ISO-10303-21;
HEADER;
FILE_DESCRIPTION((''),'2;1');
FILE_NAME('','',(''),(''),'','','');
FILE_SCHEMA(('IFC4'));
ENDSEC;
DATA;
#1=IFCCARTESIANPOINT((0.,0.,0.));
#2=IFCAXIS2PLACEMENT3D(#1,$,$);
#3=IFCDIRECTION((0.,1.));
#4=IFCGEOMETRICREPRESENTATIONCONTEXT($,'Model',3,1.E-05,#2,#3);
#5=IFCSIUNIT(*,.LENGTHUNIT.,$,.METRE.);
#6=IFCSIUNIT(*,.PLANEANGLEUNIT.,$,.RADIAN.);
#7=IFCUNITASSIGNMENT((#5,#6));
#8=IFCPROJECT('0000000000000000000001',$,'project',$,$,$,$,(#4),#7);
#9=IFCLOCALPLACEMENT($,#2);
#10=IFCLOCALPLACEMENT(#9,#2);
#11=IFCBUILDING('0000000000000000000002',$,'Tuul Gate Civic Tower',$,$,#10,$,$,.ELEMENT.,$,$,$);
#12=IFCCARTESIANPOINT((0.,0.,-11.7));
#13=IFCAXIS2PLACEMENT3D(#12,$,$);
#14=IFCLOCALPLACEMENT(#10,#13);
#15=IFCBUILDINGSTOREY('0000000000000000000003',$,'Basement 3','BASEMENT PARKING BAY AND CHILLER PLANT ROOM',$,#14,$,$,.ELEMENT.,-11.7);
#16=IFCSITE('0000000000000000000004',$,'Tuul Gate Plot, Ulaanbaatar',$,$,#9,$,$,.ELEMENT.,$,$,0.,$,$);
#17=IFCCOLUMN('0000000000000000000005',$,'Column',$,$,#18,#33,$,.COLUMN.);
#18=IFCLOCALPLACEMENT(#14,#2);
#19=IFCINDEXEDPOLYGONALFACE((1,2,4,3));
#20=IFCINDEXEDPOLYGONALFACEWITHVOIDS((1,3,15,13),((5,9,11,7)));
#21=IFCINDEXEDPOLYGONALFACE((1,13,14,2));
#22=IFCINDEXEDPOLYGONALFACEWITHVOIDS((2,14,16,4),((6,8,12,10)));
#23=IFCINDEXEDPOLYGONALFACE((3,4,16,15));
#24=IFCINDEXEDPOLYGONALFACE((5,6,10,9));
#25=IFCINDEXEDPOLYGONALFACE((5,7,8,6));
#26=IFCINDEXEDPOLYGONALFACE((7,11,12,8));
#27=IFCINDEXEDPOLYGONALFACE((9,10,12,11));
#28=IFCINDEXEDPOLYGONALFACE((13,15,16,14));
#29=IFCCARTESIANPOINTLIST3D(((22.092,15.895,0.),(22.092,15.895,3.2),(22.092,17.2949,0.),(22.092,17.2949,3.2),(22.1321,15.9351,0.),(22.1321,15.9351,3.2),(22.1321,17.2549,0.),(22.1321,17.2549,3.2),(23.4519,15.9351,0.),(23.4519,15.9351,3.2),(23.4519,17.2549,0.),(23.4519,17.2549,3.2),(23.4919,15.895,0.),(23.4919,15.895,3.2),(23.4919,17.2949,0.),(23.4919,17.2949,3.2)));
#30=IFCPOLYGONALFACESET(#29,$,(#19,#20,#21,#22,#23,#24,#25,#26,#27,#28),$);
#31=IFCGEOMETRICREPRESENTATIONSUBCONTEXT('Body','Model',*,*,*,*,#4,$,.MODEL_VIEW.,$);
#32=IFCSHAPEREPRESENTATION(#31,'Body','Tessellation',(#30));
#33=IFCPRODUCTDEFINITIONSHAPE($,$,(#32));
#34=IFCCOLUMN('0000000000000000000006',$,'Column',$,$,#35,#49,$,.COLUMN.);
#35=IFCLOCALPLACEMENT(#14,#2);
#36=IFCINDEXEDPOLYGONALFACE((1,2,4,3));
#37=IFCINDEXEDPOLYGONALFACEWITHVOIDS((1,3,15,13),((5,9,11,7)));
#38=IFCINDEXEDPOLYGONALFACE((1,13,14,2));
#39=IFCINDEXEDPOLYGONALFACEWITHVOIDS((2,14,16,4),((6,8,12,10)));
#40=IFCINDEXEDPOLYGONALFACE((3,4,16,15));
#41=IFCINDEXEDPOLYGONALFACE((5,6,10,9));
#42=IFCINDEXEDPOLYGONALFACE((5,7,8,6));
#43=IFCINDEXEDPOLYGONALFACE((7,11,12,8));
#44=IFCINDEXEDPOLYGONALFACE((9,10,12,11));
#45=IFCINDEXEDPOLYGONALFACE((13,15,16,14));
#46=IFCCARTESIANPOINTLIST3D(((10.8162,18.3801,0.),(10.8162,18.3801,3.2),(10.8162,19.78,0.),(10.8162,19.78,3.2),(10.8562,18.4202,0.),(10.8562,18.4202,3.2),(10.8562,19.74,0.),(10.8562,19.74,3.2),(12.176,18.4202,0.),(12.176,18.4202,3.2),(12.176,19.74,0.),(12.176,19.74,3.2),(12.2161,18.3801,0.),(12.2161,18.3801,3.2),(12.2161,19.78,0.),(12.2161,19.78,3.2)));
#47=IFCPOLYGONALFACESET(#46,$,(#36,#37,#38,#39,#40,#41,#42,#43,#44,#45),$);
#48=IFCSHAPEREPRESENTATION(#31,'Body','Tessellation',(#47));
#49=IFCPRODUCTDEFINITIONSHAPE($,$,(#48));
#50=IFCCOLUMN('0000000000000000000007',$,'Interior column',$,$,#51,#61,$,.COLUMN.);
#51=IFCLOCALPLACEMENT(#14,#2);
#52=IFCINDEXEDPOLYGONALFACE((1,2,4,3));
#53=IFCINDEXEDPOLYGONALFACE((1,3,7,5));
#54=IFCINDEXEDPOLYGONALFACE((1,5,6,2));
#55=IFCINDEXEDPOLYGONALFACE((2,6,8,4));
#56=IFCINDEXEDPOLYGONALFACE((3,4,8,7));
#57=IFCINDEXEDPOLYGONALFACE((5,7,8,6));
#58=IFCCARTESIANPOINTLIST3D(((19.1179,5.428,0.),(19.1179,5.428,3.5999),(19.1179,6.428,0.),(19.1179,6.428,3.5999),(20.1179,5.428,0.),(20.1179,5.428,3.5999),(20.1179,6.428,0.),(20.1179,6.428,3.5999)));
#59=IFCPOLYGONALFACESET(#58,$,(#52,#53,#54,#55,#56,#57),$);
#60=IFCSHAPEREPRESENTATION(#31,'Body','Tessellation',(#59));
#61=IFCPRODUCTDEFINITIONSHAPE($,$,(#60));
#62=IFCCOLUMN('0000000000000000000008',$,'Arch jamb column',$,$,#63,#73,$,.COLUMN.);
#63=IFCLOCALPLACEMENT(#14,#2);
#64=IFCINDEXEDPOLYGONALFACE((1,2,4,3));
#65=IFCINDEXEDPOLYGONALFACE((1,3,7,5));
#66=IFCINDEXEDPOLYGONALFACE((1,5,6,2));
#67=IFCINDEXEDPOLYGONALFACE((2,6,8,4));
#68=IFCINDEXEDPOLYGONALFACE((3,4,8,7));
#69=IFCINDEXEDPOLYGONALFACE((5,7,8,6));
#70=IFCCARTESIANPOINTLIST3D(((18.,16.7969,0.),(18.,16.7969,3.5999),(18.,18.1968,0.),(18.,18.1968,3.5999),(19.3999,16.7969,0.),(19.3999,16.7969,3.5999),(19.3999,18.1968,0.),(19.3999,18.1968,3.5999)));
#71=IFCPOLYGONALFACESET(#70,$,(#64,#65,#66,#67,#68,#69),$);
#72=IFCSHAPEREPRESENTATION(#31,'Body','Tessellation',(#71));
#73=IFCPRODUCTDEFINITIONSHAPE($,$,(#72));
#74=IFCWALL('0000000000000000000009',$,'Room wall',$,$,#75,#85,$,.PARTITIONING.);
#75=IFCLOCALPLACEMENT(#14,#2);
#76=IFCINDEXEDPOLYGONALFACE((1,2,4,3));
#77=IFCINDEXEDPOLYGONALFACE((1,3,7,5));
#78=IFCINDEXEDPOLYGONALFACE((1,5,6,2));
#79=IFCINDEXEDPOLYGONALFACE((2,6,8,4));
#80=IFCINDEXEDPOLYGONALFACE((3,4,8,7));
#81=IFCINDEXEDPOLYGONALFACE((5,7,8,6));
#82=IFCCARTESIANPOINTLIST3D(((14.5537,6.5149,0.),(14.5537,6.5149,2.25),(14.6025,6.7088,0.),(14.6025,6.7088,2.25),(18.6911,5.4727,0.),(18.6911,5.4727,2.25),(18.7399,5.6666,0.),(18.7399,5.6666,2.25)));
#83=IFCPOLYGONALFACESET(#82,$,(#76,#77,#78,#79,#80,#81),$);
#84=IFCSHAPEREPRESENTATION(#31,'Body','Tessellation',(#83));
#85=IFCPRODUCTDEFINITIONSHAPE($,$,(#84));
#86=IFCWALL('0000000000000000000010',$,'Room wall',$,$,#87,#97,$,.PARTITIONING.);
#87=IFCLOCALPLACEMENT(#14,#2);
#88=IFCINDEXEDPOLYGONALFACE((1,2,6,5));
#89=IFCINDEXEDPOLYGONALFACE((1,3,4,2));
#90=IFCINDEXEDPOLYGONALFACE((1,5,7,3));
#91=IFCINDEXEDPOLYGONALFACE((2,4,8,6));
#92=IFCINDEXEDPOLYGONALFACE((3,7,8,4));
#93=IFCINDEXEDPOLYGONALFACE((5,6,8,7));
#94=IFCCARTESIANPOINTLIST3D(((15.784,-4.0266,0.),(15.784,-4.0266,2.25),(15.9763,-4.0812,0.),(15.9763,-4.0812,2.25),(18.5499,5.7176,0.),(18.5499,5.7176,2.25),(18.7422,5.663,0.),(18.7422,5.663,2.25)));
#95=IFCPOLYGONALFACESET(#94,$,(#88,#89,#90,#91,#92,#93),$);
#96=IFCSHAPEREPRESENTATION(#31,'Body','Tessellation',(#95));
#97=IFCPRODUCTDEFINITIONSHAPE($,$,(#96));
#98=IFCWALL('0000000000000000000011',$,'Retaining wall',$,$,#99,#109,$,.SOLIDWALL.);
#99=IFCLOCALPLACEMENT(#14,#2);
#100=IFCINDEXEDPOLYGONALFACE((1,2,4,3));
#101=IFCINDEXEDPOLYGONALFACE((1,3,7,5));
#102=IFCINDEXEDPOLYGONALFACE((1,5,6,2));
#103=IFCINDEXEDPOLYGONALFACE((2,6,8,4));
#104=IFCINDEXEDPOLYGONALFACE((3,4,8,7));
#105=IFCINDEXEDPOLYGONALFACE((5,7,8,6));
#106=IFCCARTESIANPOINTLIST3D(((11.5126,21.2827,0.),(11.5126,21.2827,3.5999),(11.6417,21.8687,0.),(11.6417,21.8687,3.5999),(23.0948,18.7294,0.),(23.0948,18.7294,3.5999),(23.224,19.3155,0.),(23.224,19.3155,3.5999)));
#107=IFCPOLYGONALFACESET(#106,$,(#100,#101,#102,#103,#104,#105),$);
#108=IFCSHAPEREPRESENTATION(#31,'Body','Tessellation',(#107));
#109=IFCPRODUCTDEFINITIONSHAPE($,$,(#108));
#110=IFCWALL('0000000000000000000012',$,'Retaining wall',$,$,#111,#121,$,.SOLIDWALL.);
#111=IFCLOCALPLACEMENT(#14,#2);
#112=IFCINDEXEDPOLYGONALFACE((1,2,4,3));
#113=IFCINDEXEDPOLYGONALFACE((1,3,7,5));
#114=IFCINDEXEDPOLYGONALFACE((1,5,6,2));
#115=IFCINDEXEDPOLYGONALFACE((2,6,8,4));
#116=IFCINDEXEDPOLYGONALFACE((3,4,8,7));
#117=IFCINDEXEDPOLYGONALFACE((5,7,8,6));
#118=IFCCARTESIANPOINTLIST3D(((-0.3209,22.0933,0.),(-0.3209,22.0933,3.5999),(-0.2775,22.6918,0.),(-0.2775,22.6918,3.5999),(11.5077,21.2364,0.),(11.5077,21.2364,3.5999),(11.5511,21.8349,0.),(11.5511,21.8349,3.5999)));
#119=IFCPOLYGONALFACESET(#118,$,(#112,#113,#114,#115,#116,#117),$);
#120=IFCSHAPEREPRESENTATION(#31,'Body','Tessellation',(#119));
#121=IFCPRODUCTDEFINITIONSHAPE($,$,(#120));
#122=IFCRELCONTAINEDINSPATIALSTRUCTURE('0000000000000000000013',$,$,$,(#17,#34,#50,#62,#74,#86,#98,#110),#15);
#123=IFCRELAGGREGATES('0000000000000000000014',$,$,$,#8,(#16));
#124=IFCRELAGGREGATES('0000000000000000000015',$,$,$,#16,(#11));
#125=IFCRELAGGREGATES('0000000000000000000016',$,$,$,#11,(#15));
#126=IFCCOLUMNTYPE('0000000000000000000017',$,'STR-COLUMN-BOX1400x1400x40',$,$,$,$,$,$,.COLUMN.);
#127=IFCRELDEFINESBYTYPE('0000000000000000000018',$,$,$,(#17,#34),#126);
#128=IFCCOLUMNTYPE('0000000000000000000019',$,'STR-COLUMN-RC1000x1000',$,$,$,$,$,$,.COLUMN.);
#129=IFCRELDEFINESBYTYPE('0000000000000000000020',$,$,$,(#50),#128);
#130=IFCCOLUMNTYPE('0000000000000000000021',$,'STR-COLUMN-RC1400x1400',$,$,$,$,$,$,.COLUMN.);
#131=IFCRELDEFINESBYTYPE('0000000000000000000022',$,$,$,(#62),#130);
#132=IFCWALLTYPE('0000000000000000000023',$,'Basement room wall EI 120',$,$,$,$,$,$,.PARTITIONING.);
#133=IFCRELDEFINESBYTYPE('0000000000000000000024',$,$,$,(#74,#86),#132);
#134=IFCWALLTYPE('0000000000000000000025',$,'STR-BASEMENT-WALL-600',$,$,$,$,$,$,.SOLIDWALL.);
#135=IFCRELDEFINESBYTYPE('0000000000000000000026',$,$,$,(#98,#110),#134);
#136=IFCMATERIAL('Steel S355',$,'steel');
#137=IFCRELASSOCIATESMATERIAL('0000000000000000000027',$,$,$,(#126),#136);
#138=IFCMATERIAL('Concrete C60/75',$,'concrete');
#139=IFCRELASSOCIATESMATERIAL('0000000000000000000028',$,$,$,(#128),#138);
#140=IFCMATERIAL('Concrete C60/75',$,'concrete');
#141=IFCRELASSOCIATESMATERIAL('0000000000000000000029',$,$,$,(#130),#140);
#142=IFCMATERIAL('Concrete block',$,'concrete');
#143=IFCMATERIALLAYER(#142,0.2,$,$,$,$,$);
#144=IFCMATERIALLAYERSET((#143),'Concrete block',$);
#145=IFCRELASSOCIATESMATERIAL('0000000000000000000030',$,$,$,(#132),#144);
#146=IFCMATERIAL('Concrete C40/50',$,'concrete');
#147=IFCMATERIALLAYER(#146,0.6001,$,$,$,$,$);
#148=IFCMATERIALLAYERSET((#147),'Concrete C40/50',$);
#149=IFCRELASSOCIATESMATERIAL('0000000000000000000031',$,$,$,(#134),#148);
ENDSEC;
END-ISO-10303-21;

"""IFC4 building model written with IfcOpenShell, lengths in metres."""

from ifc_helpers import new_model, si_unit, direction, frame, frame_2d, origin, origin_2d, place, context, subcontext, project, spatial, rectangle, hollow_rectangle, extrude, material, layer, layer_set, material_profile, profile_set, type_object, element, save


model = new_model("IFC4")

# Units and contexts
model_context = context("Model", 3, precision=1e-05, world=origin(), true_north=direction((0.0, 1.0)))
body_context = subcontext(model_context, "Body", "Model", "MODEL_VIEW")
ifc_project = project(units=[si_unit("LENGTHUNIT", "METRE"), si_unit("PLANEANGLEUNIT", "RADIAN")], contexts=[model_context])

# Site, building, storey
site_placement = place(None, origin())
site = spatial("IfcSite", under=ifc_project, at=site_placement, Name="Tuul Gate Plot, Ulaanbaatar", CompositionType="ELEMENT", RefElevation=0.0)
building_placement = place(site_placement, origin())
building = spatial("IfcBuilding", under=site, at=building_placement, Name="Tuul Gate Civic Tower", CompositionType="ELEMENT")
storey_placement = place(building_placement, frame((0.0, 0.0, -11.7)))
storey = spatial("IfcBuildingStorey", under=building, at=storey_placement, Name="Basement 3", Description="BASEMENT PARKING BAY AND CHILLER PLANT ROOM", CompositionType="ELEMENT", Elevation=-11.7)

# Columns
ifc_material_1 = material(Name="Steel S355", Category="steel")
ifc_material_profile_1 = material_profile(ifc_material_1, hollow_rectangle(XDim=1.3999, YDim=1.3999, WallThickness=0.04, at=origin_2d()), Name="BOX1400x1400x40")
ifc_profile_set_1 = profile_set([ifc_material_profile_1], Name="Steel S355")
column_type_1 = type_object("IfcColumnType", Name="STR-COLUMN-BOX1400x1400x40", PredefinedType="COLUMN", material=ifc_profile_set_1)
for number, where, z_axis, x_axis, name in (
    (1, (22.792, 16.595, 0.0), (0.0, 0.0, 1.0), (1.0, 0.0, 0.0), "Column"),
    (2, (11.5161, 19.0801, 0.0), (0.0, 0.0, 1.0), (1.0, 0.0, 0.0), "Column"),
):
    element("IfcColumn", number, at=place(storey_placement, frame(where, z_axis=z_axis, x_axis=x_axis)), inside=storey, type_object=column_type_1, Name=name, PredefinedType="COLUMN", context=body_context, shape_type="SweptSolid", body=[
        extrude(hollow_rectangle(XDim=1.3999, YDim=1.3999, WallThickness=0.04, at=origin_2d()), origin(), (0.0, 0.0, 1.0), 3.2),
    ])
ifc_material_2 = material(Name="Concrete C60/75", Category="concrete")
ifc_material_profile_2 = material_profile(ifc_material_2, rectangle(XDim=1.0, YDim=1.0, at=origin_2d()), Name="RC1000x1000")
ifc_profile_set_2 = profile_set([ifc_material_profile_2], Name="Concrete C60/75")
column_type_2 = type_object("IfcColumnType", Name="STR-COLUMN-RC1000x1000", PredefinedType="COLUMN", material=ifc_profile_set_2)
column_1_placement = place(storey_placement, frame((19.6179, 5.928, 0.0), z_axis=(0.0, 0.0, 1.0), x_axis=(1.0, 0.0, 0.0)))
element("IfcColumn", 3, at=column_1_placement, inside=storey, type_object=column_type_2, Name="Interior column", PredefinedType="COLUMN", context=body_context, shape_type="SweptSolid", body=[
    extrude(rectangle(XDim=1.0, YDim=1.0, at=origin_2d()), origin(), (0.0, 0.0, 1.0), 3.5999),
])
ifc_material_3 = material(Name="Concrete C60/75", Category="concrete")
ifc_material_profile_3 = material_profile(ifc_material_3, rectangle(XDim=1.3999, YDim=1.3999, at=origin_2d()), Name="RC1400x1400")
ifc_profile_set_3 = profile_set([ifc_material_profile_3], Name="Concrete C60/75")
column_type_3 = type_object("IfcColumnType", Name="STR-COLUMN-RC1400x1400", PredefinedType="COLUMN", material=ifc_profile_set_3)
column_2_placement = place(storey_placement, frame((18.7, 17.4968, 0.0), z_axis=(0.0, 0.0, 1.0), x_axis=(1.0, 0.0, 0.0)))
element("IfcColumn", 4, at=column_2_placement, inside=storey, type_object=column_type_3, Name="Arch jamb column", PredefinedType="COLUMN", context=body_context, shape_type="SweptSolid", body=[
    extrude(rectangle(XDim=1.3999, YDim=1.3999, at=origin_2d()), origin(), (0.0, 0.0, 1.0), 3.5999),
])

# Walls
ifc_material_4 = material(Name="Concrete block", Category="concrete")
ifc_layer_1 = layer(ifc_material_4, 0.2)
ifc_layer_set_1 = layer_set([ifc_layer_1], Name="Concrete block")
wall_type_1 = type_object("IfcWallType", Name="Basement room wall EI 120", PredefinedType="PARTITIONING", material=ifc_layer_set_1)
wall_1_placement = place(storey_placement, frame((14.5781, 6.6118, 0.0), z_axis=(0.0, 0.0, 1.0), x_axis=(0.969707, -0.244272, 0.0)))
element("IfcWall", 5, at=wall_1_placement, inside=storey, type_object=wall_type_1, Name="Room wall", PredefinedType="PARTITIONING", context=body_context, shape_type="SweptSolid", body=[
    extrude(rectangle(XDim=4.2666, YDim=0.2, at=frame_2d((2.1333, 0.0))), origin(), (0.0, 0.0, 1.0), 2.25),
])
wall_2_placement = place(storey_placement, frame((18.646, 5.6902, 0.0), z_axis=(0.0, 0.0, 1.0), x_axis=(-0.273062, -0.961996, 0.0)))
element("IfcWall", 6, at=wall_2_placement, inside=storey, type_object=wall_type_1, Name="Room wall", PredefinedType="PARTITIONING", context=body_context, shape_type="SweptSolid", body=[
    extrude(rectangle(XDim=10.1292, YDim=0.2, at=frame_2d((5.0645, 0.0))), origin(), (0.0, 0.0, 1.0), 2.25),
])
ifc_material_5 = material(Name="Concrete C40/50", Category="concrete")
ifc_layer_2 = layer(ifc_material_5, 0.6001)
ifc_layer_set_2 = layer_set([ifc_layer_2], Name="Concrete C40/50")
wall_type_2 = type_object("IfcWallType", Name="STR-BASEMENT-WALL-600", PredefinedType="SOLIDWALL", material=ifc_layer_set_2)
wall_3_placement = place(storey_placement, frame((23.1594, 19.0225, 0.0), z_axis=(0.0, 0.0, 1.0), x_axis=(-0.976554, 0.215274, 0.0)))
element("IfcWall", 7, at=wall_3_placement, inside=storey, type_object=wall_type_2, Name="Retaining wall", PredefinedType="SOLIDWALL", context=body_context, shape_type="SweptSolid", body=[
    extrude(rectangle(XDim=11.8604, YDim=0.6001, at=frame_2d((5.9302, 0.0))), origin(), (0.0, 0.0, 1.0), 3.5999),
])
wall_4_placement = place(storey_placement, frame((11.5293, 21.5356, 0.0), z_axis=(0.0, 0.0, 1.0), x_axis=(-0.997386, 0.072256, 0.0)))
element("IfcWall", 8, at=wall_4_placement, inside=storey, type_object=wall_type_2, Name="Retaining wall", PredefinedType="SOLIDWALL", context=body_context, shape_type="SweptSolid", body=[
    extrude(rectangle(XDim=11.8596, YDim=0.6001, at=frame_2d((5.9297, 0.0))), origin(), (0.0, 0.0, 1.0), 3.5999),
])

save(model, "model.ifc")
